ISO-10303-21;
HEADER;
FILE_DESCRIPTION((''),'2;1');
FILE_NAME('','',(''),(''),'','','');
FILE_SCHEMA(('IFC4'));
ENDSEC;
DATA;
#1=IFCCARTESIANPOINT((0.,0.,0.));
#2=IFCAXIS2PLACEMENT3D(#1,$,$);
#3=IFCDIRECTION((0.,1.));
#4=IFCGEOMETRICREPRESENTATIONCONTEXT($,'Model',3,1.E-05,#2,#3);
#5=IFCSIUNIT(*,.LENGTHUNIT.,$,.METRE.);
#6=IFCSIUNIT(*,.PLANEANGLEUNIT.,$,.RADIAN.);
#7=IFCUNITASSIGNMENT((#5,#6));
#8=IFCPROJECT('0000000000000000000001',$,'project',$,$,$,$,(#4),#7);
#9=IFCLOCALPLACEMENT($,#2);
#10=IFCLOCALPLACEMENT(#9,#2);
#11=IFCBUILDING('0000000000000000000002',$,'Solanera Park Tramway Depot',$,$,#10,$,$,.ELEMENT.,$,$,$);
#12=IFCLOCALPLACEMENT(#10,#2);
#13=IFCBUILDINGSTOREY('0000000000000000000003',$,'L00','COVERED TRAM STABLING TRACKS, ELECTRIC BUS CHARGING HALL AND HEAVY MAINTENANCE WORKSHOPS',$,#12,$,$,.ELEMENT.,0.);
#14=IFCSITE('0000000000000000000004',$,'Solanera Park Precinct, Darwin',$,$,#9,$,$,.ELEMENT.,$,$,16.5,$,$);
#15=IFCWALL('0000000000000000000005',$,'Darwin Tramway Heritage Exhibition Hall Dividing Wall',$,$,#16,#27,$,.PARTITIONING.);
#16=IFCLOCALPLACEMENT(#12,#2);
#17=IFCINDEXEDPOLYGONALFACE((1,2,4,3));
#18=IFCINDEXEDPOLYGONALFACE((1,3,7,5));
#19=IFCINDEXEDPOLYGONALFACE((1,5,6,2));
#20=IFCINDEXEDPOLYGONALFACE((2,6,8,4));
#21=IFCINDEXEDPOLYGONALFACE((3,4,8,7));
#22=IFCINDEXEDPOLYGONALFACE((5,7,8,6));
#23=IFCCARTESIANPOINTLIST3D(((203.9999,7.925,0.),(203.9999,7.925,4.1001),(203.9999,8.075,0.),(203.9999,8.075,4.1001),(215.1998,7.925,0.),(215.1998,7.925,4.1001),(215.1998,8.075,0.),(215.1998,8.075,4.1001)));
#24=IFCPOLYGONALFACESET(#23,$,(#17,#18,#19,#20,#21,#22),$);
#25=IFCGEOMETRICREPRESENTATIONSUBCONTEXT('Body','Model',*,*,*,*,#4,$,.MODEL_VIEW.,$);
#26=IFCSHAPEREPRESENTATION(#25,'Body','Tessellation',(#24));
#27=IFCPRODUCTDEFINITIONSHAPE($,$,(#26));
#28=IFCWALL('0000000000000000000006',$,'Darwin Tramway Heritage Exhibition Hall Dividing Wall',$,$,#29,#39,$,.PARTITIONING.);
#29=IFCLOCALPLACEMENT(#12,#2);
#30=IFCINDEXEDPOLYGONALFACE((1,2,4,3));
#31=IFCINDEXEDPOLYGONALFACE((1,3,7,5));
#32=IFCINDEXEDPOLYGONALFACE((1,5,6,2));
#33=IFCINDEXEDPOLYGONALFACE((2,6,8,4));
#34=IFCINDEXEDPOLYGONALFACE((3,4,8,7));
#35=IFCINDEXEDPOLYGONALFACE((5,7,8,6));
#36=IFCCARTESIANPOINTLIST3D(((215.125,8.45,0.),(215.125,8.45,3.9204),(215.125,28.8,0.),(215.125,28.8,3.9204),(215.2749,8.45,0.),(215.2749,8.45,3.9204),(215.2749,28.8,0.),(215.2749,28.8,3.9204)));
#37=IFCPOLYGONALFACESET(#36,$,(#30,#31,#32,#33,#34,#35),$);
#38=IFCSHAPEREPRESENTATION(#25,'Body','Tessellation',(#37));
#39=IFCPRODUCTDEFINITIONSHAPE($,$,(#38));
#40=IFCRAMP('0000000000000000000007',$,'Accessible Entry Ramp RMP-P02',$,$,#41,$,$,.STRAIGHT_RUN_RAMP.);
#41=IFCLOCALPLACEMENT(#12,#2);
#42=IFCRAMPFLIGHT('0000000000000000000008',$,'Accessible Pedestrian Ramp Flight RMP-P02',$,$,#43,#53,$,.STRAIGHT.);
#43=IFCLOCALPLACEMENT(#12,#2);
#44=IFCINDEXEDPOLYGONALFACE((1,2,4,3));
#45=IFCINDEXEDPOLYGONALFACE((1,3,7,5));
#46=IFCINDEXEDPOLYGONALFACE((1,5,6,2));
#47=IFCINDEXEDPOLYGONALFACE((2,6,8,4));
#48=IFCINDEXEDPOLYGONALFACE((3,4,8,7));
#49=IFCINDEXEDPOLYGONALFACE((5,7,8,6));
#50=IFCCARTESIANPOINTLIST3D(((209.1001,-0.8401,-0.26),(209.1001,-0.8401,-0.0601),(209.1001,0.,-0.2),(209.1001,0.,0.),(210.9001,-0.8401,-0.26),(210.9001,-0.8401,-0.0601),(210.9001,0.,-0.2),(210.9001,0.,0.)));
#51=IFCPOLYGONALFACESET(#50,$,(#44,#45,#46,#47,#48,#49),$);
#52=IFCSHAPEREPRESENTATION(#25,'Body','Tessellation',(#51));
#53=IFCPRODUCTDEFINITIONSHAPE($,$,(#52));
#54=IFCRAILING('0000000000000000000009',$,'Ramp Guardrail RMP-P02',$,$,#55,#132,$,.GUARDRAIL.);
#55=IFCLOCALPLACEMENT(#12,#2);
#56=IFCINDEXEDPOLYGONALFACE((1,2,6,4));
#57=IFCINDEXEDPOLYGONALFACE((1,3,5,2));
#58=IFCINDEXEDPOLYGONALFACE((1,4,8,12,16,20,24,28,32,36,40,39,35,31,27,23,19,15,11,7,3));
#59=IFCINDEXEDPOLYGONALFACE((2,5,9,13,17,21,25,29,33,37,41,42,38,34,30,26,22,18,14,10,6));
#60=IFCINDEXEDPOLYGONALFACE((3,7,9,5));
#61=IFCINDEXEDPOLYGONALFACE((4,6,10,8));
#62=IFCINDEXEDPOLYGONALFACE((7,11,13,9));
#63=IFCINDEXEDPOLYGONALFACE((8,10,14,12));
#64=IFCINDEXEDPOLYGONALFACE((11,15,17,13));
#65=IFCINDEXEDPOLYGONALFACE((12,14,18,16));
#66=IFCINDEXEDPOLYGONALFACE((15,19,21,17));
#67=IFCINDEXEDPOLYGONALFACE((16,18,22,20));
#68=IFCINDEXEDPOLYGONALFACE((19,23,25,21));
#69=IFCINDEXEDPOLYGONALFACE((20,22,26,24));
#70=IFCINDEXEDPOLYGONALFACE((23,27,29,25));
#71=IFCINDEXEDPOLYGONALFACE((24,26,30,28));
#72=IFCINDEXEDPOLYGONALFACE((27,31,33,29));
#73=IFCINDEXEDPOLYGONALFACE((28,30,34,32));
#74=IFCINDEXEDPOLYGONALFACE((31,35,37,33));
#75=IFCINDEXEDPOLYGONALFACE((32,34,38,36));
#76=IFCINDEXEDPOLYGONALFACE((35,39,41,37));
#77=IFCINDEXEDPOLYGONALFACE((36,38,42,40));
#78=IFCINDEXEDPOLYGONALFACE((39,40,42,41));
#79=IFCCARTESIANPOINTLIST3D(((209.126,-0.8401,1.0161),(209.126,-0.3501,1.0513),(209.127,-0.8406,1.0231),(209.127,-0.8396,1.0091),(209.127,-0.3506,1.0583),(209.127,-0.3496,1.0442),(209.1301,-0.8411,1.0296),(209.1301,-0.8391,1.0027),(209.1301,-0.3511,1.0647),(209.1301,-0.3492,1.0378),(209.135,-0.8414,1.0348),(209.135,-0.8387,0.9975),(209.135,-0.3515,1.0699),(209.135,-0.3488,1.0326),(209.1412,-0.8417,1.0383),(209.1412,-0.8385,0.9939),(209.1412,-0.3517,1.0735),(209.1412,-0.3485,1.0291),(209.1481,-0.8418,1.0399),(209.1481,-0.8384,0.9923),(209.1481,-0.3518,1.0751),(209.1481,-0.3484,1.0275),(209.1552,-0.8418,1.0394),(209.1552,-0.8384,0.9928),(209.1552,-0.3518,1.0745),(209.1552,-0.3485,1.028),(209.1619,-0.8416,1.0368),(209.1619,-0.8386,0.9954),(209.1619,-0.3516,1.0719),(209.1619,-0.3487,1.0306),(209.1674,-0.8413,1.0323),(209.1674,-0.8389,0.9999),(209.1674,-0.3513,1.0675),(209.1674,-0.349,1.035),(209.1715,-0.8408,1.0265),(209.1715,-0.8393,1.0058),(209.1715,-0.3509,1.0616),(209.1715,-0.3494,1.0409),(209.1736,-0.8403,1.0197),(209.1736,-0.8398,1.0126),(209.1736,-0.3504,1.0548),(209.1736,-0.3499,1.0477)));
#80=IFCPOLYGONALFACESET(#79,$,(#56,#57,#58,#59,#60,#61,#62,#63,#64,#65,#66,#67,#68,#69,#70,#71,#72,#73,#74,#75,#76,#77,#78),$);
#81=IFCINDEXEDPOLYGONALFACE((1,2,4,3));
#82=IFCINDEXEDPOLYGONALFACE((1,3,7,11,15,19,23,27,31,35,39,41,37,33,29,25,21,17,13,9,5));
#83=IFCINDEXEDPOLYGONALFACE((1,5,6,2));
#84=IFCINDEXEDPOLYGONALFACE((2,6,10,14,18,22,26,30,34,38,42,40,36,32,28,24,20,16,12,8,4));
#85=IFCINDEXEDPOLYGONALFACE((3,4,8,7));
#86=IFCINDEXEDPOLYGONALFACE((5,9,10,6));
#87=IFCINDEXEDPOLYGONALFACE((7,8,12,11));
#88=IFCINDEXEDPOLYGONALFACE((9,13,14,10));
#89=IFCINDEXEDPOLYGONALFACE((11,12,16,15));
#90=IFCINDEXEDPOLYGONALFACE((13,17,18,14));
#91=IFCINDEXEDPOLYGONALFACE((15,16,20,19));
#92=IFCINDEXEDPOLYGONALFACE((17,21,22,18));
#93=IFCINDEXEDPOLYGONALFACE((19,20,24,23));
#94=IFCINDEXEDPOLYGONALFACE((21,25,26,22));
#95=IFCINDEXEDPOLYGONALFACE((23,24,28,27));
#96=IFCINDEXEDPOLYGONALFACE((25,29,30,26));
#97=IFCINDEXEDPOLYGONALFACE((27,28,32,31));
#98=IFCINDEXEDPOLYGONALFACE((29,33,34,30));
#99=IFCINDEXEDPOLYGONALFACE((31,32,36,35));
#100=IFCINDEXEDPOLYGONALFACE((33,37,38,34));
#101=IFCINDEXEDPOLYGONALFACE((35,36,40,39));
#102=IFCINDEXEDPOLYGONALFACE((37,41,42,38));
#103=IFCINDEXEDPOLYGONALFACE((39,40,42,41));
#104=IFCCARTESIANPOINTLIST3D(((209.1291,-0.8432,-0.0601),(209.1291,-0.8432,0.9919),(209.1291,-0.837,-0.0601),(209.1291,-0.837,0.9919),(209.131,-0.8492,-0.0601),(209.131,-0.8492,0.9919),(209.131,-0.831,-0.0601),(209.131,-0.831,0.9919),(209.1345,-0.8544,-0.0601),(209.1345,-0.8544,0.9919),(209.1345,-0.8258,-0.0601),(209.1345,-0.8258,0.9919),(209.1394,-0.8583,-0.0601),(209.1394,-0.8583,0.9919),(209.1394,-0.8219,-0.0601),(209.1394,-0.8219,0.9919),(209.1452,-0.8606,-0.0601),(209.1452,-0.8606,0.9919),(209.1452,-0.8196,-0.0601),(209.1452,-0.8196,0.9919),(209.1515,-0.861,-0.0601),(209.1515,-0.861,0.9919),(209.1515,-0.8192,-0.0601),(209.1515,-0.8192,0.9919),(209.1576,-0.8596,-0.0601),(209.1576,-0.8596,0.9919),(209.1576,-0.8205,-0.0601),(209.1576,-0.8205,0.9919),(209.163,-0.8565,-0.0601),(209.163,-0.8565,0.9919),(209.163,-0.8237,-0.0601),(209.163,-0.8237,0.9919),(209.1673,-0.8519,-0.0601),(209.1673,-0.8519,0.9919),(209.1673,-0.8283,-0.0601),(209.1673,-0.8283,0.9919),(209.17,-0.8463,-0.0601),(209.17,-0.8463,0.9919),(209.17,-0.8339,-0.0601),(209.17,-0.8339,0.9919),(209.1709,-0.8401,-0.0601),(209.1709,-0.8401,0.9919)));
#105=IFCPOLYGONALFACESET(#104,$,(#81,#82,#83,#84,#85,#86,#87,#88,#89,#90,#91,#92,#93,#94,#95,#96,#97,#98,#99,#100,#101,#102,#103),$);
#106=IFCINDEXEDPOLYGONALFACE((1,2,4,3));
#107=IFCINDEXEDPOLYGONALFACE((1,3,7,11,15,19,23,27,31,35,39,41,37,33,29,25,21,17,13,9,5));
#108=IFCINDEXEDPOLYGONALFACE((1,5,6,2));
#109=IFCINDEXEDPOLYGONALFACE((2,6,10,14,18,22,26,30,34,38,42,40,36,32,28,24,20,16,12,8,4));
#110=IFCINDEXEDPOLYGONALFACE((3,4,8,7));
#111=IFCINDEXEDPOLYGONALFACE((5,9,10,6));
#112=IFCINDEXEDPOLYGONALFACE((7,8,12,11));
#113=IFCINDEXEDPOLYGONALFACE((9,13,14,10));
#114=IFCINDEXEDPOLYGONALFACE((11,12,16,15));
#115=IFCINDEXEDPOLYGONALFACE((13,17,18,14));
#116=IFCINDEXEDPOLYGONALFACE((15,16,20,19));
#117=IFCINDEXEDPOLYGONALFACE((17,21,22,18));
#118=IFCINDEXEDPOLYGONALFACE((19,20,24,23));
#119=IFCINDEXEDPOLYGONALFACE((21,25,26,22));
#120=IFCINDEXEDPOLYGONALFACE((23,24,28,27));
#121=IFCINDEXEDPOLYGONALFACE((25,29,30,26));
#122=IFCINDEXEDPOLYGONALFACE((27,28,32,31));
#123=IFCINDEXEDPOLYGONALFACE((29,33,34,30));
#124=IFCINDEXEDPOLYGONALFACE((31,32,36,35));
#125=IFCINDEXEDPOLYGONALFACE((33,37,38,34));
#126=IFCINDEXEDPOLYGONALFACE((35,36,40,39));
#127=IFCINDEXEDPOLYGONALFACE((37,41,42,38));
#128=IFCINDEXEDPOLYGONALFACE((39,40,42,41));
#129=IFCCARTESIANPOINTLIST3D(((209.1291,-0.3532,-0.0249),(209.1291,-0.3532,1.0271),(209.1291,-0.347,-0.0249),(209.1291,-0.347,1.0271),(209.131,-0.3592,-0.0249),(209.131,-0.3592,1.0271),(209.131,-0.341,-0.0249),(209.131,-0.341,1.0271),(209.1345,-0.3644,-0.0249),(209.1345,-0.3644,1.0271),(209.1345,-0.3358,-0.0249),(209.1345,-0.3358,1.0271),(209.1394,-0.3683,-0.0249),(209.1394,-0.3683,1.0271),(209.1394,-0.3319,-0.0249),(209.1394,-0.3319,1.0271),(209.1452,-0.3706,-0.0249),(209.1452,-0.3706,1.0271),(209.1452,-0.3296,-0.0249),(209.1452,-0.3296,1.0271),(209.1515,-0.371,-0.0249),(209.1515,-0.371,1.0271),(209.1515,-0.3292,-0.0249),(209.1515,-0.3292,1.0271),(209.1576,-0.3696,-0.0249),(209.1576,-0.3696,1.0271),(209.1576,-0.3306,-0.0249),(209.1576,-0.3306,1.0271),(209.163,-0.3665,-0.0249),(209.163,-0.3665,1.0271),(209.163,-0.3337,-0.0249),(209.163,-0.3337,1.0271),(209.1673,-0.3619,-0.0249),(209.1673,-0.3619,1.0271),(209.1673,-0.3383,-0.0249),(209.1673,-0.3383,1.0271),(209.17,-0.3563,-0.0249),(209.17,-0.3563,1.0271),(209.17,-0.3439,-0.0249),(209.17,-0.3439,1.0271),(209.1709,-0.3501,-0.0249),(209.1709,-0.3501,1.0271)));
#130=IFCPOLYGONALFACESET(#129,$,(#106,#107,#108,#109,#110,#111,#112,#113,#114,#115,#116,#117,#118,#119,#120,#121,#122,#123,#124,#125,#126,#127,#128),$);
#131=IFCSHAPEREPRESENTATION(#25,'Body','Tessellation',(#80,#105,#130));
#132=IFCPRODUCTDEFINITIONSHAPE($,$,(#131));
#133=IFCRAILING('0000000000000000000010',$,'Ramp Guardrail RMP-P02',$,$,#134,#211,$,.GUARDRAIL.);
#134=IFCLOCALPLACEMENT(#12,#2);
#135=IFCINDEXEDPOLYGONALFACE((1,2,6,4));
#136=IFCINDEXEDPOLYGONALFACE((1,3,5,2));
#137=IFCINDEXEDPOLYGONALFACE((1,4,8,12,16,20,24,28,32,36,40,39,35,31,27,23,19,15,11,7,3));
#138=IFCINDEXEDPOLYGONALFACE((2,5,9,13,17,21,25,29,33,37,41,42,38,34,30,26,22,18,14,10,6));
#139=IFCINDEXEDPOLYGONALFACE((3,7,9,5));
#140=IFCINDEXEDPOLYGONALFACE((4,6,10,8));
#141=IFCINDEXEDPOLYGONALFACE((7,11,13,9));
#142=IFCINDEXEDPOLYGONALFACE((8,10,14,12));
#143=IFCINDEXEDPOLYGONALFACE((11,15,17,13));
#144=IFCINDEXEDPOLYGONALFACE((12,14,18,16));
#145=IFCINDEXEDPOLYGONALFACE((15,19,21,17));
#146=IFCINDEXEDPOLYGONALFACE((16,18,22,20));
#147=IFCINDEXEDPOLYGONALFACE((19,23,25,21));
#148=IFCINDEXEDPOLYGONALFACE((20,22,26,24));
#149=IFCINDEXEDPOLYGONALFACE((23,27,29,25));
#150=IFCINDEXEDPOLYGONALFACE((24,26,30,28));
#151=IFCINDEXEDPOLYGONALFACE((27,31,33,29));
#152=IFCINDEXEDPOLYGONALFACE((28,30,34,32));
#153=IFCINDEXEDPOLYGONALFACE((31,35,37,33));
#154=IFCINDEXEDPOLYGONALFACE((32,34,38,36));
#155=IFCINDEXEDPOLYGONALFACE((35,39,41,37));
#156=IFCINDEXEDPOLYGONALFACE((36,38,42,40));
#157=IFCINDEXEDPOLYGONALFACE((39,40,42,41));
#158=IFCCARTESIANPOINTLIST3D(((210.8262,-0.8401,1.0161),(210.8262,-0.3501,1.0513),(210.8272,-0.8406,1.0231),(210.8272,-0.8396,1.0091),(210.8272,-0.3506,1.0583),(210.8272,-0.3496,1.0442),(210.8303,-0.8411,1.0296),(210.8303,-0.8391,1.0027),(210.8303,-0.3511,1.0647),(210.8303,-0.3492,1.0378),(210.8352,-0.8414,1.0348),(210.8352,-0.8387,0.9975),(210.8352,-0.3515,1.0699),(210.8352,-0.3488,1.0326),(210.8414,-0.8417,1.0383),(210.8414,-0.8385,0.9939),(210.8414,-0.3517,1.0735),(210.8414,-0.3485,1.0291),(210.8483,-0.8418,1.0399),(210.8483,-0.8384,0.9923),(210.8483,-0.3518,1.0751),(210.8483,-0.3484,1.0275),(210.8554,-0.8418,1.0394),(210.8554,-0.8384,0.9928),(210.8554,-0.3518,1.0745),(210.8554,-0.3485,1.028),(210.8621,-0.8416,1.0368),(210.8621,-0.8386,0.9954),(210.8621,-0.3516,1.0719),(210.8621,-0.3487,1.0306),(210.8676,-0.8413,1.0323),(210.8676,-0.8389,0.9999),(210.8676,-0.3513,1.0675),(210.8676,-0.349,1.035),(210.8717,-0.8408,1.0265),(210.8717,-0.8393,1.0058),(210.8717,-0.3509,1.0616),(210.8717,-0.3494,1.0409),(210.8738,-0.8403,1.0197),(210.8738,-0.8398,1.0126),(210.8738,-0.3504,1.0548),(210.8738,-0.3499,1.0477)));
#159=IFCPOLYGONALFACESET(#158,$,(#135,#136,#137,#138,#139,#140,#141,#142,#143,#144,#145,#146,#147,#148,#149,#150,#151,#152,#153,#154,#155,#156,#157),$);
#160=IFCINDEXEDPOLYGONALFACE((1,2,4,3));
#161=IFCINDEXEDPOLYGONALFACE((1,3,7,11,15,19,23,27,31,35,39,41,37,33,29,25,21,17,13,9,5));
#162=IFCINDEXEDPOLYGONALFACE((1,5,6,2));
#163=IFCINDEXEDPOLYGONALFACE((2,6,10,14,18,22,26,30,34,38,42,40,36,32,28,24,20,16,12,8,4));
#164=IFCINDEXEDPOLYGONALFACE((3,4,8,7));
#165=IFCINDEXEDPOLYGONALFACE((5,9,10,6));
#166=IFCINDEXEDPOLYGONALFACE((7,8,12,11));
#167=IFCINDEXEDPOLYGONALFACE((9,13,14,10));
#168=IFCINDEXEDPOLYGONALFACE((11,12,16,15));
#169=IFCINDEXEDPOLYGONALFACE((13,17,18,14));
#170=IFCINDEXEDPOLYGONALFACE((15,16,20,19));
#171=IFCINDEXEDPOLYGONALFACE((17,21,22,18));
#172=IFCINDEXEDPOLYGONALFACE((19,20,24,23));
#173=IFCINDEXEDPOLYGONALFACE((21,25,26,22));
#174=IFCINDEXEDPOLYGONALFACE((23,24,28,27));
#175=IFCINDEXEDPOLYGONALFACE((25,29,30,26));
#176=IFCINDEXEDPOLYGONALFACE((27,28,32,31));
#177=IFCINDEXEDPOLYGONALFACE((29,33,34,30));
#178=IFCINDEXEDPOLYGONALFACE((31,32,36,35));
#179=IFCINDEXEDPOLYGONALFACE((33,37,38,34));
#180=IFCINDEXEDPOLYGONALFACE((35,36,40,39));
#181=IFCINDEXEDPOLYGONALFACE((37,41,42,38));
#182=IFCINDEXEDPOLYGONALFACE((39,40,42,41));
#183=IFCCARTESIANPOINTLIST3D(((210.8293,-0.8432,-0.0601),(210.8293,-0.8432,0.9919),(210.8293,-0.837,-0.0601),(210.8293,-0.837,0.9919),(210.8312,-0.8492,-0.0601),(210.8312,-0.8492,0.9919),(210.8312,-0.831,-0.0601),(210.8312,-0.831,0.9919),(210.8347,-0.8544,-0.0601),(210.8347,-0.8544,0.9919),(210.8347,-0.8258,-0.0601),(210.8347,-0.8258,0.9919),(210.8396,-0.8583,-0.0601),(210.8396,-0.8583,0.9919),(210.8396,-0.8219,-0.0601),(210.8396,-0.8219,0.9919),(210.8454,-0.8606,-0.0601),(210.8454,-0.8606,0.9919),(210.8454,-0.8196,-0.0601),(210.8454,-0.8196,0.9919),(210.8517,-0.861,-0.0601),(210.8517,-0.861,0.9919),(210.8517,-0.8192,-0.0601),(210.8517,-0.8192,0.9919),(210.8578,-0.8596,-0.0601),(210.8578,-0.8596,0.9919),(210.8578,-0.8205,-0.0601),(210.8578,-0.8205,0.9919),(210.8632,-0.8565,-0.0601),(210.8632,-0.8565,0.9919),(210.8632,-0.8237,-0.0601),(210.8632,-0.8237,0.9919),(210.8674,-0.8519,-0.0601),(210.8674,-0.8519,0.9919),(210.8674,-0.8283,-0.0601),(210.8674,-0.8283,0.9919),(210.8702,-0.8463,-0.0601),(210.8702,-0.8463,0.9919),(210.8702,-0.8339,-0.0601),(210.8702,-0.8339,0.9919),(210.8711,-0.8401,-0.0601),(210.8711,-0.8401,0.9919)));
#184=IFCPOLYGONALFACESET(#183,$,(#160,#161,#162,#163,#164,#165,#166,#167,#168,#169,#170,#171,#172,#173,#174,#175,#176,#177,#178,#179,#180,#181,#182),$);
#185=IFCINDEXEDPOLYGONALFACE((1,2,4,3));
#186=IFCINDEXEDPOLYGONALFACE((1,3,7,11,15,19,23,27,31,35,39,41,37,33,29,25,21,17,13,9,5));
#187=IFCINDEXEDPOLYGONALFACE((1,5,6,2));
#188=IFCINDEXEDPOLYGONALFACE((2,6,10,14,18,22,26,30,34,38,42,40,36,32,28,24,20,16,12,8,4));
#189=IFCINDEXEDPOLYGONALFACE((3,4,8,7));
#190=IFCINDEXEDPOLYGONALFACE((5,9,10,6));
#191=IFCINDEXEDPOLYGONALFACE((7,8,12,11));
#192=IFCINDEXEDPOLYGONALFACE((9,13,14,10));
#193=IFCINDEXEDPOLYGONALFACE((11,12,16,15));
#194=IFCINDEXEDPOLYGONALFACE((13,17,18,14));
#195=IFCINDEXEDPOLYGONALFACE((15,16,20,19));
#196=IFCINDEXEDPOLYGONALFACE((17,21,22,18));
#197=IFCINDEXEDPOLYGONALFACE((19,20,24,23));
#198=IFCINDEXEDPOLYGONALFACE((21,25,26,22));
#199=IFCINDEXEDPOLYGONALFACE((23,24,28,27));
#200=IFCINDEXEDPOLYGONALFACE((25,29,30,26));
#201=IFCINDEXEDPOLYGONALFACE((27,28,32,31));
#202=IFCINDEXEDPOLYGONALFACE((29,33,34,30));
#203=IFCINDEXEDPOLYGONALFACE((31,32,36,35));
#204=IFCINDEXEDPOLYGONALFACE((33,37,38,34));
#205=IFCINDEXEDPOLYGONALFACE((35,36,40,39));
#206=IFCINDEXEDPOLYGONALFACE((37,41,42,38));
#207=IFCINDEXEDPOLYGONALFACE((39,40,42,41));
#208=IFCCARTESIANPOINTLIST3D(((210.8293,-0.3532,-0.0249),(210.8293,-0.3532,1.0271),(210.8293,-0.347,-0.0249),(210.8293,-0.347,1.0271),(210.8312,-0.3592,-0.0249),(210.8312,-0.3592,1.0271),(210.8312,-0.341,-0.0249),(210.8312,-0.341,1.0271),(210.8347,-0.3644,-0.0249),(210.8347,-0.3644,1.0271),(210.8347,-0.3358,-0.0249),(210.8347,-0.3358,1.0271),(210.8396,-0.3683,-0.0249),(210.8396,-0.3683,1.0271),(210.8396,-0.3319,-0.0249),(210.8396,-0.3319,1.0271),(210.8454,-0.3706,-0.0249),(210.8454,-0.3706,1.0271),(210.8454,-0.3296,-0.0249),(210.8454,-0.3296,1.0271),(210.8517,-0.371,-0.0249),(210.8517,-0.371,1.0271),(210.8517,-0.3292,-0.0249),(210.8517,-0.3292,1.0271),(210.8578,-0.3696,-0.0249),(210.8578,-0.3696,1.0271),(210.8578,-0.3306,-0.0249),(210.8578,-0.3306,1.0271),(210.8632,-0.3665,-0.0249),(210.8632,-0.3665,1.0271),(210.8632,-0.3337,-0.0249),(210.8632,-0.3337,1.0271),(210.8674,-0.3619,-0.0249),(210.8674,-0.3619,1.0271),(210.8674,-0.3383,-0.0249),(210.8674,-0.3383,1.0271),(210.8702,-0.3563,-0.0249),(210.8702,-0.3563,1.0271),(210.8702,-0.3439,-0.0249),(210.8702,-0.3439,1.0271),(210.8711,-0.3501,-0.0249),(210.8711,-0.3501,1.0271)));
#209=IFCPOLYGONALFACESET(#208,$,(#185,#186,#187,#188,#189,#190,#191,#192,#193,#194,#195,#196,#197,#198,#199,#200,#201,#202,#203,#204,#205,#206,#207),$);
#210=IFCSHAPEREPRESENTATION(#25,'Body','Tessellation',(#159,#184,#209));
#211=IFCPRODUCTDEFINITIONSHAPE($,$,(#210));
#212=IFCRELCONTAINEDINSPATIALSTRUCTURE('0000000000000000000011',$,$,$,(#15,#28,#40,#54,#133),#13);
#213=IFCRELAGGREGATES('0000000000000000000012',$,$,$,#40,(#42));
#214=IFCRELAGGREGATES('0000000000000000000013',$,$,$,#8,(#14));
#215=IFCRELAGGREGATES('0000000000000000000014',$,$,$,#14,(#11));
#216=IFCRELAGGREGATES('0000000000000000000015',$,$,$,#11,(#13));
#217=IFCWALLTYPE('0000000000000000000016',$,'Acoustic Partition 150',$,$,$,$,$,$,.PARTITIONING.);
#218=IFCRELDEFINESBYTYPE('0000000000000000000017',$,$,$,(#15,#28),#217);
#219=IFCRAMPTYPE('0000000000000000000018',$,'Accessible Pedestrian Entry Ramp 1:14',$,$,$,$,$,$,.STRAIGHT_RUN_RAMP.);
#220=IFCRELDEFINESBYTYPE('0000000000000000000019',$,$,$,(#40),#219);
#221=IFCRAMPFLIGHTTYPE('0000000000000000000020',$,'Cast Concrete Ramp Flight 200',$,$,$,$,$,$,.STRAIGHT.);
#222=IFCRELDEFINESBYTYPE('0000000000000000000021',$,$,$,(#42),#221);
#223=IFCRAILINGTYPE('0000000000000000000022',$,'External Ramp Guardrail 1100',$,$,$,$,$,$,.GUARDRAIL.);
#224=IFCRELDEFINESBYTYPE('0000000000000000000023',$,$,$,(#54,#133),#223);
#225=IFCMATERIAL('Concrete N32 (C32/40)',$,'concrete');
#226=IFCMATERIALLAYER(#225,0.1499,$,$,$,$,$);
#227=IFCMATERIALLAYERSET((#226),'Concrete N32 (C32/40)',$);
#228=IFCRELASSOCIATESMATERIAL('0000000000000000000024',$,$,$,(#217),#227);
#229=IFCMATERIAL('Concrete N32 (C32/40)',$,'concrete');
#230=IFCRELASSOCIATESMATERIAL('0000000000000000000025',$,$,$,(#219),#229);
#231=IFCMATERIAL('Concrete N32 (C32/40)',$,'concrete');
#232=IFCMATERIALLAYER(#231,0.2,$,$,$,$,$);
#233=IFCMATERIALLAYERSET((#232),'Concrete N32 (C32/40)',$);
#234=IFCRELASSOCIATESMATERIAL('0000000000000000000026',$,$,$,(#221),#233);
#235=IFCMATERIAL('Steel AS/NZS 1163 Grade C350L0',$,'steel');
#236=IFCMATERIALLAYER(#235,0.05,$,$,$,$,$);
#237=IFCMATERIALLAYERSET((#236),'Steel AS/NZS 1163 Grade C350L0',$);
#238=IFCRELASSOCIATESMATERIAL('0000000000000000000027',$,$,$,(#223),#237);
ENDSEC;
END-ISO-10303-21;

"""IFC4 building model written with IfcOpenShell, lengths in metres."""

from ifc_helpers import new_model, si_unit, direction, frame, frame_2d, origin, origin_2d, place, context, subcontext, project, spatial, polyline, rectangle, circle, outline, extrude, material, layer, layer_set, type_object, element, aggregate, save


model = new_model("IFC4")

# Units and contexts
model_context = context("Model", 3, precision=1e-05, world=origin(), true_north=direction((0.0, 1.0)))
body_context = subcontext(model_context, "Body", "Model", "MODEL_VIEW")
ifc_project = project(units=[si_unit("LENGTHUNIT", "METRE"), si_unit("PLANEANGLEUNIT", "RADIAN")], contexts=[model_context])

# Site, building, storey
site_placement = place(None, origin())
site = spatial("IfcSite", under=ifc_project, at=site_placement, Name="Solanera Park Precinct, Darwin", CompositionType="ELEMENT", RefElevation=16.5)
building_placement = place(site_placement, origin())
building = spatial("IfcBuilding", under=site, at=building_placement, Name="Solanera Park Tramway Depot", CompositionType="ELEMENT")
storey_placement = place(building_placement, origin())
storey = spatial("IfcBuildingStorey", under=building, at=storey_placement, Name="L00", Description="COVERED TRAM STABLING TRACKS, ELECTRIC BUS CHARGING HALL AND HEAVY MAINTENANCE WORKSHOPS", CompositionType="ELEMENT", Elevation=0.0)

# Walls
ifc_material_1 = material(Name="Concrete N32 (C32/40)", Category="concrete")
ifc_layer_1 = layer(ifc_material_1, 0.1499)
ifc_layer_set_1 = layer_set([ifc_layer_1], Name="Concrete N32 (C32/40)")
wall_type = type_object("IfcWallType", Name="Acoustic Partition 150", PredefinedType="PARTITIONING", material=ifc_layer_set_1)
wall_1_placement = place(storey_placement, frame((215.2, 8.0, 0.0), z_axis=(0.0, 0.0, 1.0), x_axis=(-1.0, 0.0, 0.0)))
element("IfcWall", 1, at=wall_1_placement, inside=storey, type_object=wall_type, Name="Darwin Tramway Heritage Exhibition Hall Dividing Wall", PredefinedType="PARTITIONING", context=body_context, shape_type="SweptSolid", body=[
    extrude(rectangle(XDim=11.2, YDim=0.1499, at=frame_2d((5.6001, 0.0))), origin(), (0.0, 0.0, 1.0), 4.1001),
])
wall_2_placement = place(storey_placement, frame((215.2, 8.45, 0.0), z_axis=(0.0, 0.0, 1.0), x_axis=(0.0, 1.0, 0.0)))
element("IfcWall", 2, at=wall_2_placement, inside=storey, type_object=wall_type, Name="Darwin Tramway Heritage Exhibition Hall Dividing Wall", PredefinedType="PARTITIONING", context=body_context, shape_type="SweptSolid", body=[
    extrude(rectangle(XDim=20.3501, YDim=0.1499, at=frame_2d((10.175, 0.0))), origin(), (0.0, 0.0, 1.0), 3.9204),
])

# Ramp, ramp flight
ifc_material_2 = material(Name="Concrete N32 (C32/40)", Category="concrete")
ramp_type = type_object("IfcRampType", Name="Accessible Pedestrian Entry Ramp 1:14", PredefinedType="STRAIGHT_RUN_RAMP", material=ifc_material_2)
ramp_placement = place(storey_placement, origin())
ramp = element("IfcRamp", 3, at=ramp_placement, inside=storey, type_object=ramp_type, Name="Accessible Entry Ramp RMP-P02", PredefinedType="STRAIGHT_RUN_RAMP")
ifc_material_3 = material(Name="Concrete N32 (C32/40)", Category="concrete")
ifc_layer_2 = layer(ifc_material_3, 0.2)
ifc_layer_set_2 = layer_set([ifc_layer_2], Name="Concrete N32 (C32/40)")
ramp_flight_type = type_object("IfcRampFlightType", Name="Cast Concrete Ramp Flight 200", PredefinedType="STRAIGHT", material=ifc_layer_set_2)
ramp_flight_placement = place(storey_placement, frame((210.0, -0.8401, -0.0601), z_axis=(0.0, 0.0, 1.0), x_axis=(0.0, 1.0, 0.0)))
ramp_flight = element("IfcRampFlight", 4, at=ramp_flight_placement, type_object=ramp_flight_type, Name="Accessible Pedestrian Ramp Flight RMP-P02", PredefinedType="STRAIGHT", context=body_context, shape_type="SweptSolid", body=[
    extrude(outline(polyline([(0.0, 0.0), (0.0, -0.2), (0.8401, -0.1399), (0.8401, 0.0601), (0.0, 0.0)])), frame((0.0, 0.8999, 0.0), z_axis=(0.0, -1.0, 0.0), x_axis=(1.0, 0.0, 0.0)), (0.0, 0.0, 1.0), 1.8),
])
aggregate(ramp, [ramp_flight])

# Railings
ifc_material_4 = material(Name="Steel AS/NZS 1163 Grade C350L0", Category="steel")
ifc_layer_3 = layer(ifc_material_4, 0.05)
ifc_layer_set_3 = layer_set([ifc_layer_3], Name="Steel AS/NZS 1163 Grade C350L0")
railing_type = type_object("IfcRailingType", Name="External Ramp Guardrail 1100", PredefinedType="GUARDRAIL", material=ifc_layer_set_3)
for number, where, name in (
    (5, (209.1499, -0.8401, -0.0601), "Ramp Guardrail RMP-P02"),
    (6, (210.8501, -0.8401, -0.0601), "Ramp Guardrail RMP-P02"),
):
    element("IfcRailing", number, at=place(storey_placement, frame(where)), inside=storey, type_object=railing_type, Name=name, PredefinedType="GUARDRAIL", context=body_context, shape_type="SweptSolid", body=[
        extrude(circle(Radius=0.0239, at=origin_2d()), frame((0.0, 0.0, 1.0762), z_axis=(0.0, 0.997436, 0.071565), x_axis=(-1.0, 0.0, 0.0)), (0.0, 0.0, 1.0), 0.4912),
        extrude(circle(Radius=0.021, at=origin_2d()), origin(), (0.0, 0.0, 1.0), 1.052),
        extrude(circle(Radius=0.021, at=origin_2d()), frame((0.0, 0.49, 0.0352)), (0.0, 0.0, 1.0), 1.052),
    ])

save(model, "model.ifc")
